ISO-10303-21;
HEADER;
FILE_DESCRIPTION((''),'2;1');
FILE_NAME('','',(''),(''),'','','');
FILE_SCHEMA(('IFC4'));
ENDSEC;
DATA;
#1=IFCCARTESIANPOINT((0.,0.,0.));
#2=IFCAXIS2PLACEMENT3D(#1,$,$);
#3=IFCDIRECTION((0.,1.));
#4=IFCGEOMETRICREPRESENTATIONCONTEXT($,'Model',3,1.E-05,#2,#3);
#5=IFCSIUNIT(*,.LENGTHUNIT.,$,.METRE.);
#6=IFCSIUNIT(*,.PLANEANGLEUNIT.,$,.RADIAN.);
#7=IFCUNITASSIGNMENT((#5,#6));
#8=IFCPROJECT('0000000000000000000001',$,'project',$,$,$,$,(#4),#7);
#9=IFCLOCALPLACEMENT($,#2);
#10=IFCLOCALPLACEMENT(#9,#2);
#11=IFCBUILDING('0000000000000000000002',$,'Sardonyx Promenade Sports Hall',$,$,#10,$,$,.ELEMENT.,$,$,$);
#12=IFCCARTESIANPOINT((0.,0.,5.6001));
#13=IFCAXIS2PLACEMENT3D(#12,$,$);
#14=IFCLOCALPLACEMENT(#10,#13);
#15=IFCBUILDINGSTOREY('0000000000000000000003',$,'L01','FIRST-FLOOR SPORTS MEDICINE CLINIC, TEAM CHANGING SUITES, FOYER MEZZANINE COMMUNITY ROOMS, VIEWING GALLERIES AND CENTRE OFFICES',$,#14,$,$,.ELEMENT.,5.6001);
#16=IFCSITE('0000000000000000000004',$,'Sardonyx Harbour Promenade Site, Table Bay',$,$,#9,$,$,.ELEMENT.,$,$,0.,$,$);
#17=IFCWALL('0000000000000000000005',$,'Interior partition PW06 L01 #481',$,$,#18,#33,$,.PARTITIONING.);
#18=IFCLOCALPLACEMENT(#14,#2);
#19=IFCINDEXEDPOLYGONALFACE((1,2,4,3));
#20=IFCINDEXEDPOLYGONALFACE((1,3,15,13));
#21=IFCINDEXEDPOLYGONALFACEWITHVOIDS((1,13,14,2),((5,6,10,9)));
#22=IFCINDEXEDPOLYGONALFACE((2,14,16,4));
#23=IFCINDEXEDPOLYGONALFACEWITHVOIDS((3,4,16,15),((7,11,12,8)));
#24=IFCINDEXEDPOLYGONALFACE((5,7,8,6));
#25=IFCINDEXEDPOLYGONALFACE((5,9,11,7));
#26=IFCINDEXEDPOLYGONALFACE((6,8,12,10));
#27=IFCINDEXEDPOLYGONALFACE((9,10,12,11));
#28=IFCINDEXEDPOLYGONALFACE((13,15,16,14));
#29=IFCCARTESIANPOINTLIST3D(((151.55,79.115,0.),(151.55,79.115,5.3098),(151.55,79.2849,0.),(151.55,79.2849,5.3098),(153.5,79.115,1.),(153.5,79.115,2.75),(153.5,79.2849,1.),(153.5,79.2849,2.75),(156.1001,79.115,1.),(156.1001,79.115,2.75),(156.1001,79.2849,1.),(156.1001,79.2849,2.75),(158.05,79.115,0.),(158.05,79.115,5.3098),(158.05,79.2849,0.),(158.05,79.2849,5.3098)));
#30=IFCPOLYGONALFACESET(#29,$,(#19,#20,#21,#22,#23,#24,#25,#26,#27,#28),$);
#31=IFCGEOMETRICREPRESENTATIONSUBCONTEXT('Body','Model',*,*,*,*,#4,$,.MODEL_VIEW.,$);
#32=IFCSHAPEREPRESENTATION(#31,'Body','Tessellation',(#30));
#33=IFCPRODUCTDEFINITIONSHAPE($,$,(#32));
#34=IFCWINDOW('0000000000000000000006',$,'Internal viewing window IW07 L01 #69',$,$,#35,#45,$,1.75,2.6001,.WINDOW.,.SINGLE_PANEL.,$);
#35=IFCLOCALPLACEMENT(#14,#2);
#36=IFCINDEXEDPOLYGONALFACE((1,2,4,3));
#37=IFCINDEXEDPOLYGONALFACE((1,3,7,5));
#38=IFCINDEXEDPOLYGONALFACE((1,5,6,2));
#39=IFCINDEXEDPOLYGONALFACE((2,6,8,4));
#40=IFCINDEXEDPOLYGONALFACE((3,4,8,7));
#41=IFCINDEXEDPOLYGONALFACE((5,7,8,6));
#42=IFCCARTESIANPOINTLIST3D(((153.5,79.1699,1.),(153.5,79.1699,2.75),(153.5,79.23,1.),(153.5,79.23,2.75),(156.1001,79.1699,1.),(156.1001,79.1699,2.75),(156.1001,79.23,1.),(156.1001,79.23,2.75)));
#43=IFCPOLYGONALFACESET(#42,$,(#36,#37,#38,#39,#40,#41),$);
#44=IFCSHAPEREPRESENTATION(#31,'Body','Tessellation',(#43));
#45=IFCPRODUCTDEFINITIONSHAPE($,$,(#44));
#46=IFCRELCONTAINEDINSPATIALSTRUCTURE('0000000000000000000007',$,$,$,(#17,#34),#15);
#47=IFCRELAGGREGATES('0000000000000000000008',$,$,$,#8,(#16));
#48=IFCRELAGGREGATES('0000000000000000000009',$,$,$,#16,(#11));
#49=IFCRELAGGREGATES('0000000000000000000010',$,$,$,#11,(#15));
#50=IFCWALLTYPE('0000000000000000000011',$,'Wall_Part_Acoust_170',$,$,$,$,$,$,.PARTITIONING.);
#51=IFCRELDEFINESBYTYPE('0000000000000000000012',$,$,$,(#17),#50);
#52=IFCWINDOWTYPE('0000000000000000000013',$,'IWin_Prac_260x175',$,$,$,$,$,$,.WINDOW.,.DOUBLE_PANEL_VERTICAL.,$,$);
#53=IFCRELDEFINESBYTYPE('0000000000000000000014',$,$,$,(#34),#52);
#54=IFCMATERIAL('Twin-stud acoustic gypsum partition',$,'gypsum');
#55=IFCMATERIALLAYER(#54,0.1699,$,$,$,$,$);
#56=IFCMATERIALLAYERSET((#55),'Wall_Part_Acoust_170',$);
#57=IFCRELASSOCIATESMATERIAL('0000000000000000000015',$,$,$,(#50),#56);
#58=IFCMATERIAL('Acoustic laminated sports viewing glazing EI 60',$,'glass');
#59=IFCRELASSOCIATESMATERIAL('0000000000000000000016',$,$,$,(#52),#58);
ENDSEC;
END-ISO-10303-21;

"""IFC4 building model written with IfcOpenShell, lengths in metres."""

from ifc_helpers import new_model, si_unit, direction, frame, frame_2d, origin, place, context, subcontext, project, spatial, rectangle, extrude, material, layer, layer_set, type_object, element, fill, save


model = new_model("IFC4")

# Units and contexts
model_context = context("Model", 3, precision=1e-05, world=origin(), true_north=direction((0.0, 1.0)))
body_context = subcontext(model_context, "Body", "Model", "MODEL_VIEW")
ifc_project = project(units=[si_unit("LENGTHUNIT", "METRE"), si_unit("PLANEANGLEUNIT", "RADIAN")], contexts=[model_context])

# Site, building, storey
site_placement = place(None, origin())
site = spatial("IfcSite", under=ifc_project, at=site_placement, Name="Sardonyx Harbour Promenade Site, Table Bay", CompositionType="ELEMENT", RefElevation=0.0)
building_placement = place(site_placement, origin())
building = spatial("IfcBuilding", under=site, at=building_placement, Name="Sardonyx Promenade Sports Hall", CompositionType="ELEMENT")
storey_placement = place(building_placement, frame((0.0, 0.0, 5.6001)))
storey = spatial("IfcBuildingStorey", under=building, at=storey_placement, Name="L01", Description="FIRST-FLOOR SPORTS MEDICINE CLINIC, TEAM CHANGING SUITES, FOYER MEZZANINE COMMUNITY ROOMS, VIEWING GALLERIES AND CENTRE OFFICES", CompositionType="ELEMENT", Elevation=5.6001)

# Wall, opening, window
ifc_material_1 = material(Name="Twin-stud acoustic gypsum partition", Category="gypsum")
ifc_layer_1 = layer(ifc_material_1, 0.1699)
ifc_layer_set_1 = layer_set([ifc_layer_1], Name="Wall_Part_Acoust_170")
wall_type_1 = type_object("IfcWallType", Name="Wall_Part_Acoust_170", PredefinedType="PARTITIONING", material=ifc_layer_set_1)
wall_1_placement = place(storey_placement, frame((151.55, 79.2, 0.0), z_axis=(0.0, 0.0, 1.0), x_axis=(1.0, 0.0, 0.0)))
wall_1 = element("IfcWall", 1, at=wall_1_placement, inside=storey, type_object=wall_type_1, Name="Interior partition PW06 L01 #481", PredefinedType="PARTITIONING", context=body_context, shape_type="SweptSolid", body=[
    extrude(rectangle(XDim=6.5, YDim=0.1699, at=frame_2d((3.25, 0.0))), origin(), (0.0, 0.0, 1.0), 5.3098),
])
opening_1_placement = place(wall_1_placement, frame((1.95, 0.0, 1.0)))
opening_1 = element("IfcOpeningElement", 2, at=opening_1_placement, cuts=wall_1, PredefinedType="OPENING", context=body_context, shape_type="SweptSolid", body=[
    extrude(rectangle(XDim=2.6001, YDim=1.75, at=frame_2d((1.3, 0.875))), frame((0.0, 0.095, 0.0), z_axis=(0.0, -1.0, 0.0), x_axis=(1.0, 0.0, 0.0)), (0.0, 0.0, 1.0), 0.19),
])
ifc_material_2 = material(Name="Acoustic laminated sports viewing glazing EI 60", Category="glass")
window_type_1 = type_object("IfcWindowType", Name="IWin_Prac_260x175", PartitioningType="DOUBLE_PANEL_VERTICAL", PredefinedType="WINDOW", material=ifc_material_2)
window_1_placement = place(opening_1_placement, origin())
window_1 = element("IfcWindow", 3, at=window_1_placement, inside=storey, type_object=window_type_1, Name="Internal viewing window IW07 L01 #69", OverallHeight=1.75, OverallWidth=2.6001, PartitioningType="SINGLE_PANEL", PredefinedType="WINDOW", context=body_context, shape_type="SweptSolid", body=[
    extrude(rectangle(XDim=2.6001, YDim=1.75, at=frame_2d((1.3, 0.875))), frame((0.0, 0.03, 0.0), z_axis=(0.0, -1.0, 0.0), x_axis=(1.0, 0.0, 0.0)), (0.0, 0.0, 1.0), 0.0601),
])
fill(opening_1, window_1)

save(model, "model.ifc")
